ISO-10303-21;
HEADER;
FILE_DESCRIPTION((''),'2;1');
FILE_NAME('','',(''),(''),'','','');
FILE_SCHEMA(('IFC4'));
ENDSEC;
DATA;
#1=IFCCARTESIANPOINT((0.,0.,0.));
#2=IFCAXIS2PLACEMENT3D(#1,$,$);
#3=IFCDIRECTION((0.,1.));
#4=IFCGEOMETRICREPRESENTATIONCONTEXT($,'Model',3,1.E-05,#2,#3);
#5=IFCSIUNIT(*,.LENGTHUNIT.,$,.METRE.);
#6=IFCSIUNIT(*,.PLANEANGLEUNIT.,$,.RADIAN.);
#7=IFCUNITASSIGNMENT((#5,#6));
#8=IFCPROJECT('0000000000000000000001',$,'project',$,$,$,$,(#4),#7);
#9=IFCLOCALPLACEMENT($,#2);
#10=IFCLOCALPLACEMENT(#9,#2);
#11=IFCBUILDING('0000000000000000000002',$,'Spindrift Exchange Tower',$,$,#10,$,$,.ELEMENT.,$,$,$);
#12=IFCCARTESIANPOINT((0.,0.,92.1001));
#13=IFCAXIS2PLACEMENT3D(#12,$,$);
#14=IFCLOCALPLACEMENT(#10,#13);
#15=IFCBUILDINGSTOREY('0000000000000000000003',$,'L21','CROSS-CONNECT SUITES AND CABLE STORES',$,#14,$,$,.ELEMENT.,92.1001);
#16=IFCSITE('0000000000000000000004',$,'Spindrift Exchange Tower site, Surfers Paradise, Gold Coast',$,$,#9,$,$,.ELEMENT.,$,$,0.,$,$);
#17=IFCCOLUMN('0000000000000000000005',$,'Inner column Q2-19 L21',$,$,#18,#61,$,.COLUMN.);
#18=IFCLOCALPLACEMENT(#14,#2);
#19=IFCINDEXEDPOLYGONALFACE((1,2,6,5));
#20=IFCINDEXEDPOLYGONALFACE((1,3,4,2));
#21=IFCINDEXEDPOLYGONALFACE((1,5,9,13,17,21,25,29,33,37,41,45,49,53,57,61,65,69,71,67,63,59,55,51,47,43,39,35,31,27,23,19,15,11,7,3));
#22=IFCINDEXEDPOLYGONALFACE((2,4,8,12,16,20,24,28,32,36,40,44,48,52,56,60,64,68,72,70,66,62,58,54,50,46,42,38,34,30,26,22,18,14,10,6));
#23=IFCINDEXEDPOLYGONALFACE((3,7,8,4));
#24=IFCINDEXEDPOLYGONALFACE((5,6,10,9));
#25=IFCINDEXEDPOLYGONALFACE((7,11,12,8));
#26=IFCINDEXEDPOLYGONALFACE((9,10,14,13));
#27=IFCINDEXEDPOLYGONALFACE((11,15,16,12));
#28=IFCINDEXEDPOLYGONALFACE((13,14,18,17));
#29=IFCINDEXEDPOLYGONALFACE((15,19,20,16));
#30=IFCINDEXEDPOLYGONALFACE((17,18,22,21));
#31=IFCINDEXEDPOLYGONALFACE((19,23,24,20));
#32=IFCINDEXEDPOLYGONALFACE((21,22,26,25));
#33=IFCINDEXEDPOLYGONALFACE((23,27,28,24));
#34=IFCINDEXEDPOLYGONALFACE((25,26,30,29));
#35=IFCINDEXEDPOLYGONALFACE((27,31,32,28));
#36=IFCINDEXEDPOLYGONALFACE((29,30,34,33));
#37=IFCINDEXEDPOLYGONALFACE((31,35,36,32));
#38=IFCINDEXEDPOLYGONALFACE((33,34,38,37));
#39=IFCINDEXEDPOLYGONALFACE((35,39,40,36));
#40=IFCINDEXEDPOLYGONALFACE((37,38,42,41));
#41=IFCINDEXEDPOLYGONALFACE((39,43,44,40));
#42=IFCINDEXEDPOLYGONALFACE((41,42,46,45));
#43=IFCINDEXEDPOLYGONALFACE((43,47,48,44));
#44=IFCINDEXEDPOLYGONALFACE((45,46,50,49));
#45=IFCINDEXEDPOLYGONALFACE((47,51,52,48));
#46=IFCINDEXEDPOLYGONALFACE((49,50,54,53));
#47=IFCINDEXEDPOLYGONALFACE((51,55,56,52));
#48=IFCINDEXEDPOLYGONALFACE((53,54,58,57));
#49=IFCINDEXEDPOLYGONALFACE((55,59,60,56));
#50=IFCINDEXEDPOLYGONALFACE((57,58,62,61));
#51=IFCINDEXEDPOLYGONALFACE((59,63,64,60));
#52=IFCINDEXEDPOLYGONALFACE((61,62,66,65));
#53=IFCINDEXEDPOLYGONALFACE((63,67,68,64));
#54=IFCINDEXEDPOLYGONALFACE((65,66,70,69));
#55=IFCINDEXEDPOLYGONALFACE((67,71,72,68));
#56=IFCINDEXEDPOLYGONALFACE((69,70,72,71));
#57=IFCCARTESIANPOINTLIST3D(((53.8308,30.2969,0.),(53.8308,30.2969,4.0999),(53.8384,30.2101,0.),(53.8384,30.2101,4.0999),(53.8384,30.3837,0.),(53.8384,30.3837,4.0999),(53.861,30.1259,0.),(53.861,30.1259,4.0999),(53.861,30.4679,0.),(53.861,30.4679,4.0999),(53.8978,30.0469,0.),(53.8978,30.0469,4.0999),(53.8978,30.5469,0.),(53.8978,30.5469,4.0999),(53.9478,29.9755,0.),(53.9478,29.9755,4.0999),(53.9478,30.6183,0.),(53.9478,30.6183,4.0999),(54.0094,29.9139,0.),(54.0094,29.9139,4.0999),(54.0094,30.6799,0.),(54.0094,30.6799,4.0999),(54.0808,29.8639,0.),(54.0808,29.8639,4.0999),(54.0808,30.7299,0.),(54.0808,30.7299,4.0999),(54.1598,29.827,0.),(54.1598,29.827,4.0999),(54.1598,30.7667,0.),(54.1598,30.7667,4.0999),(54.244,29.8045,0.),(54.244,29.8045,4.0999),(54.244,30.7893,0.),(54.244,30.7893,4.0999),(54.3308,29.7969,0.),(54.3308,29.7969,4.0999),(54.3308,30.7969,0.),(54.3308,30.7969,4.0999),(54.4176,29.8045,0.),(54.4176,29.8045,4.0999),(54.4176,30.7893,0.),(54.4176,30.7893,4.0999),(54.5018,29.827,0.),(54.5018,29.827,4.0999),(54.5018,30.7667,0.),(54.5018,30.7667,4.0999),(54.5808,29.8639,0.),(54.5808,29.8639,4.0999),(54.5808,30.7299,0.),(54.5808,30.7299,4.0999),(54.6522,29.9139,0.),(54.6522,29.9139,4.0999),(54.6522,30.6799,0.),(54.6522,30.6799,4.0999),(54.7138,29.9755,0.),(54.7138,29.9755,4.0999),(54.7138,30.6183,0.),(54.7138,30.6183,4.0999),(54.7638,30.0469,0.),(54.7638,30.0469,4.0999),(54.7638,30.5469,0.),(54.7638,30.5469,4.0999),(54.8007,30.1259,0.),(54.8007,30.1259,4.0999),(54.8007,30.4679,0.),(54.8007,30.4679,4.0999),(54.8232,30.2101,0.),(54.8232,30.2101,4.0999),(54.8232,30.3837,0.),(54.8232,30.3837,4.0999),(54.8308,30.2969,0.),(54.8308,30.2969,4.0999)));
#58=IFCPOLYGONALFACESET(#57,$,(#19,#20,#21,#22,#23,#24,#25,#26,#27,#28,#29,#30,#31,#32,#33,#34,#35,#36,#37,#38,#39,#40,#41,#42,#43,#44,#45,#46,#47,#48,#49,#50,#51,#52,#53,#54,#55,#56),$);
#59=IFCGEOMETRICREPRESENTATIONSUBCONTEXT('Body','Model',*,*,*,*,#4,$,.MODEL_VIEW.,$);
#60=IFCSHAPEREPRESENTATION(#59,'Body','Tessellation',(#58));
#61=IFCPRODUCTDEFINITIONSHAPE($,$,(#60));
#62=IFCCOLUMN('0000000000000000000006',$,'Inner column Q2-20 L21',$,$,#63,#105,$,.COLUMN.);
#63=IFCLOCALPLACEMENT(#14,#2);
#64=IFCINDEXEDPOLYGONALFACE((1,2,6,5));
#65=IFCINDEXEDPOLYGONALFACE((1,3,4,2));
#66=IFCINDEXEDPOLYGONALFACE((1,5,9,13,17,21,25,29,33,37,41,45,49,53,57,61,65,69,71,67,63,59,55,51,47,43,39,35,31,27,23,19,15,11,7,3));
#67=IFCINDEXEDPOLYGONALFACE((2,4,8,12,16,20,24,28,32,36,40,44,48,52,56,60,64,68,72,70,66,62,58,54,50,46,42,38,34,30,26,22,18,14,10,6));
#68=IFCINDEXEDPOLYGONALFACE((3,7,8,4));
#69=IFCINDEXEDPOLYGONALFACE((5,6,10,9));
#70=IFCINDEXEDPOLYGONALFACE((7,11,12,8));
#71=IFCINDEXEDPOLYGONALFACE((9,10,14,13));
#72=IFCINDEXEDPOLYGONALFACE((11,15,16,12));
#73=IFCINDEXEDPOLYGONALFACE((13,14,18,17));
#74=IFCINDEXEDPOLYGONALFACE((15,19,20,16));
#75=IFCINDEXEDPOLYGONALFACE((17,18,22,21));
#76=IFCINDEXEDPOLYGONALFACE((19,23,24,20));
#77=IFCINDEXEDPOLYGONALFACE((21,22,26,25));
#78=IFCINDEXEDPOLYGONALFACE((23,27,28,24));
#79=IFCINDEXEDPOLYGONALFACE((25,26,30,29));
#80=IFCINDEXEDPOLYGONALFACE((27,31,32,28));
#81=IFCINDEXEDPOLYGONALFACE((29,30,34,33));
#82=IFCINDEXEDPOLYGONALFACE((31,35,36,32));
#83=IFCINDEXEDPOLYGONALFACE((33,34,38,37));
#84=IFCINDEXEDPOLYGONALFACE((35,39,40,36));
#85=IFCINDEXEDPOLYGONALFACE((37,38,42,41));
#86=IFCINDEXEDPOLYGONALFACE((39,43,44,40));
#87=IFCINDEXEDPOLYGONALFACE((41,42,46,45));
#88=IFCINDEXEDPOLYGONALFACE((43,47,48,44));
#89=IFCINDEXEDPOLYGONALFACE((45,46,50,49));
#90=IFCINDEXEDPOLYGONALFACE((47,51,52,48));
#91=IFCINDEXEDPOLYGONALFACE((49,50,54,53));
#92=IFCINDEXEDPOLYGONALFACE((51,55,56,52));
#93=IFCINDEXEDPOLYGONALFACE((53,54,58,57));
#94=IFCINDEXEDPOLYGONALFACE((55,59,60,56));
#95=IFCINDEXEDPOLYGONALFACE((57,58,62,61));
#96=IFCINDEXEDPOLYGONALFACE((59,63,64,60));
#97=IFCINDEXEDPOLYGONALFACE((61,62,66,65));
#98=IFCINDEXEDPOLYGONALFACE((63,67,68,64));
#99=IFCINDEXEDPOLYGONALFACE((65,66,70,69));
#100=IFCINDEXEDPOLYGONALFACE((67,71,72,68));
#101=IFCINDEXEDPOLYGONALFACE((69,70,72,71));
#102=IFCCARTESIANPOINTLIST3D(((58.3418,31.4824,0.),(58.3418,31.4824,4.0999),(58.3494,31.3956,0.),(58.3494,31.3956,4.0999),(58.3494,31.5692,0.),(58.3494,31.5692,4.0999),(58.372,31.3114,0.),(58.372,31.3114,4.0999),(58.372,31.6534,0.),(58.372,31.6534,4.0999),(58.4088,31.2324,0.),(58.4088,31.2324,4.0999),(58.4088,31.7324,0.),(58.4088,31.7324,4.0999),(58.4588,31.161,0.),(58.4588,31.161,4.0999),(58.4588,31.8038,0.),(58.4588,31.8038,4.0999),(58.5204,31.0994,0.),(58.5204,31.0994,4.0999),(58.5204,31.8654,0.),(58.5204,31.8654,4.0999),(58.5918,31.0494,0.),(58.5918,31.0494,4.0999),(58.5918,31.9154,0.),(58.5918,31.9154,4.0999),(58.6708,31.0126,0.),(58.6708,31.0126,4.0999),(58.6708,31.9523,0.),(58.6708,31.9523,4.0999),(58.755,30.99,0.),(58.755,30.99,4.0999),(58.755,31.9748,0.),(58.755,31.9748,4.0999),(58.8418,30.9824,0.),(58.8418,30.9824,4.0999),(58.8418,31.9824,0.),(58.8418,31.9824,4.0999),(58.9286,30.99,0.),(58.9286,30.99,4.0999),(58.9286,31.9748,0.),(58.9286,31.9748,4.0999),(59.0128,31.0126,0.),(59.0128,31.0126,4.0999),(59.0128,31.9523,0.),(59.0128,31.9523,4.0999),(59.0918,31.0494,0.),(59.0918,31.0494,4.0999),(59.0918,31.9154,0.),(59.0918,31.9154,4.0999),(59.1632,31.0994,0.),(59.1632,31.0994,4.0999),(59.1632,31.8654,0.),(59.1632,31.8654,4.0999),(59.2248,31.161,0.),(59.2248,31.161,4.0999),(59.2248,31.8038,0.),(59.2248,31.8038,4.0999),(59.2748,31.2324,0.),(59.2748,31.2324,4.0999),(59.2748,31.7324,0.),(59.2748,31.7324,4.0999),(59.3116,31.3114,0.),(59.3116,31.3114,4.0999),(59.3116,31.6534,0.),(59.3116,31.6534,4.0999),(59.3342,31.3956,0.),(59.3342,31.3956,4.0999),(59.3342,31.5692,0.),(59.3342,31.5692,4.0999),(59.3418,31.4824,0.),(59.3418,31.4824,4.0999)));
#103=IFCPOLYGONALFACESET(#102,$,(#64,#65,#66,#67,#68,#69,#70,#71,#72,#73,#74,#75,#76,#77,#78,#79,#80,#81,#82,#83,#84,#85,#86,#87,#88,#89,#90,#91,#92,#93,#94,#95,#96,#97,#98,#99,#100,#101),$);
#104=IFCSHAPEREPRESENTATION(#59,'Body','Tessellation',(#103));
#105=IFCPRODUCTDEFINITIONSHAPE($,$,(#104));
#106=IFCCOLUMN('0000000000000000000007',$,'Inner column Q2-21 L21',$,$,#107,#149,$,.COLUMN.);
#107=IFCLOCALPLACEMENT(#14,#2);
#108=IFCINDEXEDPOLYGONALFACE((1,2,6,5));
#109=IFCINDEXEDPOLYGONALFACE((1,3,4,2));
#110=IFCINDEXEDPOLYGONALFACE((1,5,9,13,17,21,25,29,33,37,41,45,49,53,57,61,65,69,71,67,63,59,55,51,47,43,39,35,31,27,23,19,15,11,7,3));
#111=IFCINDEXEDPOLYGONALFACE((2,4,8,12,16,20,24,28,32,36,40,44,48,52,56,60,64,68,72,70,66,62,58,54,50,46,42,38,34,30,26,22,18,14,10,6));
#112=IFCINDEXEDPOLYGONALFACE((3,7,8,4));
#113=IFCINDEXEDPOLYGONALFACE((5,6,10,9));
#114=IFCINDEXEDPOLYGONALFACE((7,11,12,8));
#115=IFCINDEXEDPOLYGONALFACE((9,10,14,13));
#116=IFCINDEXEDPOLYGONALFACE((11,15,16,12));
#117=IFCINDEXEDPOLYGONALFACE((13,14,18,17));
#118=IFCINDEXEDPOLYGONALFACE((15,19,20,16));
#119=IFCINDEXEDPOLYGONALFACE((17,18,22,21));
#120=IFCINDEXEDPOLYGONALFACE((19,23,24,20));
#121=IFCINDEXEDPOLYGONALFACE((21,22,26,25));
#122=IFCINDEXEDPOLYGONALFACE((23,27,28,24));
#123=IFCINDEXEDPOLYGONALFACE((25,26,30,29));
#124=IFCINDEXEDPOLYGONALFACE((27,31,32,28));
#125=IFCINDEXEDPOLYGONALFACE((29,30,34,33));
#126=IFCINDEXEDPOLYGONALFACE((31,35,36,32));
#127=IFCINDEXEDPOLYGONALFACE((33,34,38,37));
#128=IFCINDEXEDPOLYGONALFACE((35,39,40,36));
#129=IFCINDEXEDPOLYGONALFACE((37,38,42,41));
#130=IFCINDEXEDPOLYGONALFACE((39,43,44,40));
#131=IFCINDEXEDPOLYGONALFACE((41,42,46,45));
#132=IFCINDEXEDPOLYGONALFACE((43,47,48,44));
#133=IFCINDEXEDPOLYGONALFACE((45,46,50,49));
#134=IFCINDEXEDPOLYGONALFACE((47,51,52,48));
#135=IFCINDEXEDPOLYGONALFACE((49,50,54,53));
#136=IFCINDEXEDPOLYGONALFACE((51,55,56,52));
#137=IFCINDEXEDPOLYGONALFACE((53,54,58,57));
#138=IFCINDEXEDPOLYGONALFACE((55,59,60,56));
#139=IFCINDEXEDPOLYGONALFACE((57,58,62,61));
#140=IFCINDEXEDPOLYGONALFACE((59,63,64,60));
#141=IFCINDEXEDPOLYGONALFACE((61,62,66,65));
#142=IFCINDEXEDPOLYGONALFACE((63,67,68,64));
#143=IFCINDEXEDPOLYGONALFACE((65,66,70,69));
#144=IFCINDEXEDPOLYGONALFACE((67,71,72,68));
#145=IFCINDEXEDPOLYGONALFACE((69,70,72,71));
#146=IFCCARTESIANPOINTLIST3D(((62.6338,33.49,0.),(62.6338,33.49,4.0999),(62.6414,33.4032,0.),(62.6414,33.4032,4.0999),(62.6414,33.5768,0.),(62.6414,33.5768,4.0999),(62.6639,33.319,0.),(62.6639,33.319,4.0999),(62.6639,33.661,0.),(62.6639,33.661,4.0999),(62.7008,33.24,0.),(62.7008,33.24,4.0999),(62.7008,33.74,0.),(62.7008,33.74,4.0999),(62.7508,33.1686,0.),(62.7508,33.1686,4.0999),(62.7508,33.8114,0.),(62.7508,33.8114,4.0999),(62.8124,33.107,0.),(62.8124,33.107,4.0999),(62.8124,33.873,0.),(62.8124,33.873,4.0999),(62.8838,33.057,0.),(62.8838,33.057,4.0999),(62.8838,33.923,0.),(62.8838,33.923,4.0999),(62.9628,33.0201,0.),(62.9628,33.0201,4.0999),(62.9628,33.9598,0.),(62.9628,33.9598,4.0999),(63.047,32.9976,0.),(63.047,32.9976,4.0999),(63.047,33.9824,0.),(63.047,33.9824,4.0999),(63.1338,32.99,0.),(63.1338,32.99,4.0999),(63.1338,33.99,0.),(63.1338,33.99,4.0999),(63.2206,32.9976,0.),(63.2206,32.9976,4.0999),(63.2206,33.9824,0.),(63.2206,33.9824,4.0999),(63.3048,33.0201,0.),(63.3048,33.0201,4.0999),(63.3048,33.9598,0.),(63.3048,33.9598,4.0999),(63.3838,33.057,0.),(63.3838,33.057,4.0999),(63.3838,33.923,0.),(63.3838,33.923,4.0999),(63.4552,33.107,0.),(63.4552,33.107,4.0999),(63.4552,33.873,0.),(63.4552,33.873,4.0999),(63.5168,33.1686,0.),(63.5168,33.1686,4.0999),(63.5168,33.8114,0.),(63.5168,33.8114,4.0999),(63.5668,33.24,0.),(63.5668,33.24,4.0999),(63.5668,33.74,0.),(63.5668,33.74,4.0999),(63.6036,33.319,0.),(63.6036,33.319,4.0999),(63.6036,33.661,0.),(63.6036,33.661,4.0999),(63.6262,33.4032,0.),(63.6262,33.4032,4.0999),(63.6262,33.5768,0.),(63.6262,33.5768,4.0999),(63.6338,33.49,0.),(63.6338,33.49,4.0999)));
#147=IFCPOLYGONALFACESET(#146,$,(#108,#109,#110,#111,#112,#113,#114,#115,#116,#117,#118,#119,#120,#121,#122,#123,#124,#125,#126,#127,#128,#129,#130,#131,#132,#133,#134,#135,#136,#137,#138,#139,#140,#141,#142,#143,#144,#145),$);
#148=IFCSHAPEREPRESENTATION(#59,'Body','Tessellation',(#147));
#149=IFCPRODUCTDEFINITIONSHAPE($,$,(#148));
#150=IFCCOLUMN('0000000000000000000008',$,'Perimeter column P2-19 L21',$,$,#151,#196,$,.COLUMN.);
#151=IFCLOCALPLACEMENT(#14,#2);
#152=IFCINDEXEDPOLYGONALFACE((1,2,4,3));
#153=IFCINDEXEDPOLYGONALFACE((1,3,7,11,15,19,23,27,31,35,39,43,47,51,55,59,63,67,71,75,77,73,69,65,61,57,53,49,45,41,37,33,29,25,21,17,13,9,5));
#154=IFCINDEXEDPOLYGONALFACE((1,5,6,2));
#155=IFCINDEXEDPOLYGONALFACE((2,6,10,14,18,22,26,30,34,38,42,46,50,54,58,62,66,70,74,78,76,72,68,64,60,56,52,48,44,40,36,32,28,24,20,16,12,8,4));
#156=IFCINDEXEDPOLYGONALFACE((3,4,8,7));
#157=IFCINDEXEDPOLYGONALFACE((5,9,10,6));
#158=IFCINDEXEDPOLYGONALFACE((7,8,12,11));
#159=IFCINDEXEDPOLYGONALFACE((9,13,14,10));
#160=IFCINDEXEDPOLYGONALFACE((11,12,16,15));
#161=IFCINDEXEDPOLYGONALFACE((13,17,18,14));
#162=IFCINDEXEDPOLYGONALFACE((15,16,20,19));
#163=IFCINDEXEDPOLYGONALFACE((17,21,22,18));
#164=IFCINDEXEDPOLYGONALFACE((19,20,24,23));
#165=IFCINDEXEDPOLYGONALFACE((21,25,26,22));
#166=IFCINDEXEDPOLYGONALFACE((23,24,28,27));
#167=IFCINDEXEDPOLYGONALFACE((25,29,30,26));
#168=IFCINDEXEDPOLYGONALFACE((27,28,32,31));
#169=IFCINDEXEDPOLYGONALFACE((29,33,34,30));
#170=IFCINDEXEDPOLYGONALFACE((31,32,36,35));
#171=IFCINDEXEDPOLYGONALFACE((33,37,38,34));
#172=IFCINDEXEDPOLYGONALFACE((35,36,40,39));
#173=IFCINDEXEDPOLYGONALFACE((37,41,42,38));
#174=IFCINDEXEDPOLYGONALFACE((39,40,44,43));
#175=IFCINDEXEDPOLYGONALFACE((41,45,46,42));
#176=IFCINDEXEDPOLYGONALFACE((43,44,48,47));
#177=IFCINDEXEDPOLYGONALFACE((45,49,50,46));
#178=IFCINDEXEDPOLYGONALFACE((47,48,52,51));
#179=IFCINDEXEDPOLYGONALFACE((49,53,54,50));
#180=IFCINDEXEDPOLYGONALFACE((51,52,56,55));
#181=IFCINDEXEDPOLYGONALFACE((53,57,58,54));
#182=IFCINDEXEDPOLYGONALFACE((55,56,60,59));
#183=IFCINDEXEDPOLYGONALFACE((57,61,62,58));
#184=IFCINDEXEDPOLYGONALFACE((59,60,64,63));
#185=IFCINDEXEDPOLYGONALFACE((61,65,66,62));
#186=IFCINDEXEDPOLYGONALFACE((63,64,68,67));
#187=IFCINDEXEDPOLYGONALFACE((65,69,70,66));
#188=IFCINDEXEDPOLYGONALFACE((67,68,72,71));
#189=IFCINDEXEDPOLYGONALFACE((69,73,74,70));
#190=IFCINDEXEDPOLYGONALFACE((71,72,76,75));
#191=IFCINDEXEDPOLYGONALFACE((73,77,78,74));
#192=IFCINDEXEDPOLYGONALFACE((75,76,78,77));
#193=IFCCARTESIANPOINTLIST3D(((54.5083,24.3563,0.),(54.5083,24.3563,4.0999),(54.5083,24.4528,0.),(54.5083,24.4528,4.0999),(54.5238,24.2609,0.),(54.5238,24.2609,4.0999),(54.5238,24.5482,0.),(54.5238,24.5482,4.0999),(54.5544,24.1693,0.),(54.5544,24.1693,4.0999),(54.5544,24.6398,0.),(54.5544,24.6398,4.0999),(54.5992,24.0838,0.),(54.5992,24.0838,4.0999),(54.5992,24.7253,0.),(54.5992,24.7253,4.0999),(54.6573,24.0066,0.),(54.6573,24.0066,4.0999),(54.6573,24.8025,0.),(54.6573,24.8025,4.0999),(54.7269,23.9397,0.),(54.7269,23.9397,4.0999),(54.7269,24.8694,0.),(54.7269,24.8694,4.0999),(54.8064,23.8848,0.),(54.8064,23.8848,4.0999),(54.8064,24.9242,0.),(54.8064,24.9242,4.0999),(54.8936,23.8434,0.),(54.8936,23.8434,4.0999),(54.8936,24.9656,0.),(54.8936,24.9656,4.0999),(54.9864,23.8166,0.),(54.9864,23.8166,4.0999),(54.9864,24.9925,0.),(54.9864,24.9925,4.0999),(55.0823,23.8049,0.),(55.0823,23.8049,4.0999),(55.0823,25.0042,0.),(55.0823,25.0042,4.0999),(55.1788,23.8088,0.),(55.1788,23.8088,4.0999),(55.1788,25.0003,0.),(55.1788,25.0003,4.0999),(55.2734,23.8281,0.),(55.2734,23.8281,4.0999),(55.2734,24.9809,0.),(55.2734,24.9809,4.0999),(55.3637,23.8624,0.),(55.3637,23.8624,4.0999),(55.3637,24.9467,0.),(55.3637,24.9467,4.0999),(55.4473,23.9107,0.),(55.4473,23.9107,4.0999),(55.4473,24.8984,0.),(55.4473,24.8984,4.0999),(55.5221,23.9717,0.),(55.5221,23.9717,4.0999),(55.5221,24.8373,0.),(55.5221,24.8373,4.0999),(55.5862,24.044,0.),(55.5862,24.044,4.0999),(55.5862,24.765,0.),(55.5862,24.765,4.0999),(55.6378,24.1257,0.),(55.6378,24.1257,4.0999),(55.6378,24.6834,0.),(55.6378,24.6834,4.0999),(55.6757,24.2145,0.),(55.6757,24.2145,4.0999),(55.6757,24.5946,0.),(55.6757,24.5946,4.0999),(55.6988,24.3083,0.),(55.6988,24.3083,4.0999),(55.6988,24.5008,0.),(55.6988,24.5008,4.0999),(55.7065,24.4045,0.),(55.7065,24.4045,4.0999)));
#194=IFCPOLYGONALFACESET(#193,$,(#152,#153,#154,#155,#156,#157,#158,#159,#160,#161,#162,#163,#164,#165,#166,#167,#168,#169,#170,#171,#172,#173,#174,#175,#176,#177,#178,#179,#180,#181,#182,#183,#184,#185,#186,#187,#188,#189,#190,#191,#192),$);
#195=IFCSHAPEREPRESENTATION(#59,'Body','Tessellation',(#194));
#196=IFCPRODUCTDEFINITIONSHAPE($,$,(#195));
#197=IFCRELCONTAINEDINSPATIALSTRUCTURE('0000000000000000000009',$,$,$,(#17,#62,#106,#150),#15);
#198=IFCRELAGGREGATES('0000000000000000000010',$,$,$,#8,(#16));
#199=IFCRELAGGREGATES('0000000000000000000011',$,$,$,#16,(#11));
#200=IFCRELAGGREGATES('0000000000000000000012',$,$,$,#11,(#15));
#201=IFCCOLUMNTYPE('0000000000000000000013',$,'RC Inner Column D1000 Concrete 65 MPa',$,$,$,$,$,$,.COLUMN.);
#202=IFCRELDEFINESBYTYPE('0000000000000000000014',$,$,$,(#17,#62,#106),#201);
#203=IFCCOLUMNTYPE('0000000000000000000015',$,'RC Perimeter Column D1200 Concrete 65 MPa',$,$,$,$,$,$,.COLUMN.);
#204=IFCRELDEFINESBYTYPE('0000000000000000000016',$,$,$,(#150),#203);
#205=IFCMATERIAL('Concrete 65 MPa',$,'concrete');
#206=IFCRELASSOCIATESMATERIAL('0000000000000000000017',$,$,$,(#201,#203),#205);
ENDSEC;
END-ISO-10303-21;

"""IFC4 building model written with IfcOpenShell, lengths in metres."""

from ifc_helpers import new_model, si_unit, direction, frame, origin, origin_2d, place, context, subcontext, project, spatial, circle, extrude, source, transform, mapped, material, material_profile, profile_set, type_object, element, save


model = new_model("IFC4")

# Units and contexts
model_context = context("Model", 3, precision=1e-05, world=origin(), true_north=direction((0.0, 1.0)))
body_context = subcontext(model_context, "Body", "Model", "MODEL_VIEW")
ifc_project = project(units=[si_unit("LENGTHUNIT", "METRE"), si_unit("PLANEANGLEUNIT", "RADIAN")], contexts=[model_context])

# Site, building, storey
site_placement = place(None, origin())
site = spatial("IfcSite", under=ifc_project, at=site_placement, Name="Spindrift Exchange Tower site, Surfers Paradise, Gold Coast", CompositionType="ELEMENT", RefElevation=0.0)
building_placement = place(site_placement, origin())
building = spatial("IfcBuilding", under=site, at=building_placement, Name="Spindrift Exchange Tower", CompositionType="ELEMENT")
storey_placement = place(building_placement, frame((0.0, 0.0, 92.1001)))
storey = spatial("IfcBuildingStorey", under=building, at=storey_placement, Name="L21", Description="CROSS-CONNECT SUITES AND CABLE STORES", CompositionType="ELEMENT", Elevation=92.1001)

# Columns
ifc_material_1 = material(Name="Concrete 65 MPa", Category="concrete")
ifc_material_profile_1 = material_profile(ifc_material_1, circle(Radius=0.5, at=origin_2d()), Name="RC D1000")
ifc_profile_set_1 = profile_set([ifc_material_profile_1], Name="Concrete 65 MPa")
column_type_1 = type_object("IfcColumnType", Name="RC Inner Column D1000 Concrete 65 MPa", PredefinedType="COLUMN", material=ifc_profile_set_1)
shared_shape_1 = source(origin(), body_context, "Body", "SweptSolid", [
    extrude(circle(Radius=0.5, at=origin_2d()), origin(), (0.0, 0.0, 1.0), 4.0999),
])
for number, where, z_axis, x_axis, name in (
    (1, (54.3308, 30.2969, 0.0), (0.0, 0.0, 1.0), (1.0, 0.0, 0.0), "Inner column Q2-19 L21"),
    (2, (58.8418, 31.4824, 0.0), (0.0, 0.0, 1.0), (1.0, 0.0, 0.0), "Inner column Q2-20 L21"),
    (3, (63.1338, 33.49, 0.0), (0.0, 0.0, 1.0), (1.0, 0.0, 0.0), "Inner column Q2-21 L21"),
):
    element("IfcColumn", number, at=place(storey_placement, frame(where, z_axis=z_axis, x_axis=x_axis)), inside=storey, type_object=column_type_1, Name=name, PredefinedType="COLUMN", context=body_context, shape_type="MappedRepresentation", body=[
        mapped(shared_shape_1, transform((0.0, 0.0, 0.0), scale=1.0)),
    ])
ifc_material_profile_2 = material_profile(ifc_material_1, circle(Radius=0.6001, at=origin_2d()), Name="RC D1200")
ifc_profile_set_2 = profile_set([ifc_material_profile_2], Name="Concrete 65 MPa")
column_type_2 = type_object("IfcColumnType", Name="RC Perimeter Column D1200 Concrete 65 MPa", PredefinedType="COLUMN", material=ifc_profile_set_2)
shared_shape_2 = source(origin(), body_context, "Body", "SweptSolid", [
    extrude(circle(Radius=0.6001, at=origin_2d()), origin(), (0.0, 0.0, 1.0), 4.0999),
])
for number, where, z_axis, x_axis, name in (
    (4, (55.1064, 24.4045, 0.0), (0.0, 0.0, 1.0), (1.0, 0.0, 0.0), "Perimeter column P2-19 L21"),
):
    element("IfcColumn", number, at=place(storey_placement, frame(where, z_axis=z_axis, x_axis=x_axis)), inside=storey, type_object=column_type_2, Name=name, PredefinedType="COLUMN", context=body_context, shape_type="MappedRepresentation", body=[
        mapped(shared_shape_2, transform((0.0, 0.0, 0.0), scale=1.0)),
    ])

save(model, "model.ifc")
